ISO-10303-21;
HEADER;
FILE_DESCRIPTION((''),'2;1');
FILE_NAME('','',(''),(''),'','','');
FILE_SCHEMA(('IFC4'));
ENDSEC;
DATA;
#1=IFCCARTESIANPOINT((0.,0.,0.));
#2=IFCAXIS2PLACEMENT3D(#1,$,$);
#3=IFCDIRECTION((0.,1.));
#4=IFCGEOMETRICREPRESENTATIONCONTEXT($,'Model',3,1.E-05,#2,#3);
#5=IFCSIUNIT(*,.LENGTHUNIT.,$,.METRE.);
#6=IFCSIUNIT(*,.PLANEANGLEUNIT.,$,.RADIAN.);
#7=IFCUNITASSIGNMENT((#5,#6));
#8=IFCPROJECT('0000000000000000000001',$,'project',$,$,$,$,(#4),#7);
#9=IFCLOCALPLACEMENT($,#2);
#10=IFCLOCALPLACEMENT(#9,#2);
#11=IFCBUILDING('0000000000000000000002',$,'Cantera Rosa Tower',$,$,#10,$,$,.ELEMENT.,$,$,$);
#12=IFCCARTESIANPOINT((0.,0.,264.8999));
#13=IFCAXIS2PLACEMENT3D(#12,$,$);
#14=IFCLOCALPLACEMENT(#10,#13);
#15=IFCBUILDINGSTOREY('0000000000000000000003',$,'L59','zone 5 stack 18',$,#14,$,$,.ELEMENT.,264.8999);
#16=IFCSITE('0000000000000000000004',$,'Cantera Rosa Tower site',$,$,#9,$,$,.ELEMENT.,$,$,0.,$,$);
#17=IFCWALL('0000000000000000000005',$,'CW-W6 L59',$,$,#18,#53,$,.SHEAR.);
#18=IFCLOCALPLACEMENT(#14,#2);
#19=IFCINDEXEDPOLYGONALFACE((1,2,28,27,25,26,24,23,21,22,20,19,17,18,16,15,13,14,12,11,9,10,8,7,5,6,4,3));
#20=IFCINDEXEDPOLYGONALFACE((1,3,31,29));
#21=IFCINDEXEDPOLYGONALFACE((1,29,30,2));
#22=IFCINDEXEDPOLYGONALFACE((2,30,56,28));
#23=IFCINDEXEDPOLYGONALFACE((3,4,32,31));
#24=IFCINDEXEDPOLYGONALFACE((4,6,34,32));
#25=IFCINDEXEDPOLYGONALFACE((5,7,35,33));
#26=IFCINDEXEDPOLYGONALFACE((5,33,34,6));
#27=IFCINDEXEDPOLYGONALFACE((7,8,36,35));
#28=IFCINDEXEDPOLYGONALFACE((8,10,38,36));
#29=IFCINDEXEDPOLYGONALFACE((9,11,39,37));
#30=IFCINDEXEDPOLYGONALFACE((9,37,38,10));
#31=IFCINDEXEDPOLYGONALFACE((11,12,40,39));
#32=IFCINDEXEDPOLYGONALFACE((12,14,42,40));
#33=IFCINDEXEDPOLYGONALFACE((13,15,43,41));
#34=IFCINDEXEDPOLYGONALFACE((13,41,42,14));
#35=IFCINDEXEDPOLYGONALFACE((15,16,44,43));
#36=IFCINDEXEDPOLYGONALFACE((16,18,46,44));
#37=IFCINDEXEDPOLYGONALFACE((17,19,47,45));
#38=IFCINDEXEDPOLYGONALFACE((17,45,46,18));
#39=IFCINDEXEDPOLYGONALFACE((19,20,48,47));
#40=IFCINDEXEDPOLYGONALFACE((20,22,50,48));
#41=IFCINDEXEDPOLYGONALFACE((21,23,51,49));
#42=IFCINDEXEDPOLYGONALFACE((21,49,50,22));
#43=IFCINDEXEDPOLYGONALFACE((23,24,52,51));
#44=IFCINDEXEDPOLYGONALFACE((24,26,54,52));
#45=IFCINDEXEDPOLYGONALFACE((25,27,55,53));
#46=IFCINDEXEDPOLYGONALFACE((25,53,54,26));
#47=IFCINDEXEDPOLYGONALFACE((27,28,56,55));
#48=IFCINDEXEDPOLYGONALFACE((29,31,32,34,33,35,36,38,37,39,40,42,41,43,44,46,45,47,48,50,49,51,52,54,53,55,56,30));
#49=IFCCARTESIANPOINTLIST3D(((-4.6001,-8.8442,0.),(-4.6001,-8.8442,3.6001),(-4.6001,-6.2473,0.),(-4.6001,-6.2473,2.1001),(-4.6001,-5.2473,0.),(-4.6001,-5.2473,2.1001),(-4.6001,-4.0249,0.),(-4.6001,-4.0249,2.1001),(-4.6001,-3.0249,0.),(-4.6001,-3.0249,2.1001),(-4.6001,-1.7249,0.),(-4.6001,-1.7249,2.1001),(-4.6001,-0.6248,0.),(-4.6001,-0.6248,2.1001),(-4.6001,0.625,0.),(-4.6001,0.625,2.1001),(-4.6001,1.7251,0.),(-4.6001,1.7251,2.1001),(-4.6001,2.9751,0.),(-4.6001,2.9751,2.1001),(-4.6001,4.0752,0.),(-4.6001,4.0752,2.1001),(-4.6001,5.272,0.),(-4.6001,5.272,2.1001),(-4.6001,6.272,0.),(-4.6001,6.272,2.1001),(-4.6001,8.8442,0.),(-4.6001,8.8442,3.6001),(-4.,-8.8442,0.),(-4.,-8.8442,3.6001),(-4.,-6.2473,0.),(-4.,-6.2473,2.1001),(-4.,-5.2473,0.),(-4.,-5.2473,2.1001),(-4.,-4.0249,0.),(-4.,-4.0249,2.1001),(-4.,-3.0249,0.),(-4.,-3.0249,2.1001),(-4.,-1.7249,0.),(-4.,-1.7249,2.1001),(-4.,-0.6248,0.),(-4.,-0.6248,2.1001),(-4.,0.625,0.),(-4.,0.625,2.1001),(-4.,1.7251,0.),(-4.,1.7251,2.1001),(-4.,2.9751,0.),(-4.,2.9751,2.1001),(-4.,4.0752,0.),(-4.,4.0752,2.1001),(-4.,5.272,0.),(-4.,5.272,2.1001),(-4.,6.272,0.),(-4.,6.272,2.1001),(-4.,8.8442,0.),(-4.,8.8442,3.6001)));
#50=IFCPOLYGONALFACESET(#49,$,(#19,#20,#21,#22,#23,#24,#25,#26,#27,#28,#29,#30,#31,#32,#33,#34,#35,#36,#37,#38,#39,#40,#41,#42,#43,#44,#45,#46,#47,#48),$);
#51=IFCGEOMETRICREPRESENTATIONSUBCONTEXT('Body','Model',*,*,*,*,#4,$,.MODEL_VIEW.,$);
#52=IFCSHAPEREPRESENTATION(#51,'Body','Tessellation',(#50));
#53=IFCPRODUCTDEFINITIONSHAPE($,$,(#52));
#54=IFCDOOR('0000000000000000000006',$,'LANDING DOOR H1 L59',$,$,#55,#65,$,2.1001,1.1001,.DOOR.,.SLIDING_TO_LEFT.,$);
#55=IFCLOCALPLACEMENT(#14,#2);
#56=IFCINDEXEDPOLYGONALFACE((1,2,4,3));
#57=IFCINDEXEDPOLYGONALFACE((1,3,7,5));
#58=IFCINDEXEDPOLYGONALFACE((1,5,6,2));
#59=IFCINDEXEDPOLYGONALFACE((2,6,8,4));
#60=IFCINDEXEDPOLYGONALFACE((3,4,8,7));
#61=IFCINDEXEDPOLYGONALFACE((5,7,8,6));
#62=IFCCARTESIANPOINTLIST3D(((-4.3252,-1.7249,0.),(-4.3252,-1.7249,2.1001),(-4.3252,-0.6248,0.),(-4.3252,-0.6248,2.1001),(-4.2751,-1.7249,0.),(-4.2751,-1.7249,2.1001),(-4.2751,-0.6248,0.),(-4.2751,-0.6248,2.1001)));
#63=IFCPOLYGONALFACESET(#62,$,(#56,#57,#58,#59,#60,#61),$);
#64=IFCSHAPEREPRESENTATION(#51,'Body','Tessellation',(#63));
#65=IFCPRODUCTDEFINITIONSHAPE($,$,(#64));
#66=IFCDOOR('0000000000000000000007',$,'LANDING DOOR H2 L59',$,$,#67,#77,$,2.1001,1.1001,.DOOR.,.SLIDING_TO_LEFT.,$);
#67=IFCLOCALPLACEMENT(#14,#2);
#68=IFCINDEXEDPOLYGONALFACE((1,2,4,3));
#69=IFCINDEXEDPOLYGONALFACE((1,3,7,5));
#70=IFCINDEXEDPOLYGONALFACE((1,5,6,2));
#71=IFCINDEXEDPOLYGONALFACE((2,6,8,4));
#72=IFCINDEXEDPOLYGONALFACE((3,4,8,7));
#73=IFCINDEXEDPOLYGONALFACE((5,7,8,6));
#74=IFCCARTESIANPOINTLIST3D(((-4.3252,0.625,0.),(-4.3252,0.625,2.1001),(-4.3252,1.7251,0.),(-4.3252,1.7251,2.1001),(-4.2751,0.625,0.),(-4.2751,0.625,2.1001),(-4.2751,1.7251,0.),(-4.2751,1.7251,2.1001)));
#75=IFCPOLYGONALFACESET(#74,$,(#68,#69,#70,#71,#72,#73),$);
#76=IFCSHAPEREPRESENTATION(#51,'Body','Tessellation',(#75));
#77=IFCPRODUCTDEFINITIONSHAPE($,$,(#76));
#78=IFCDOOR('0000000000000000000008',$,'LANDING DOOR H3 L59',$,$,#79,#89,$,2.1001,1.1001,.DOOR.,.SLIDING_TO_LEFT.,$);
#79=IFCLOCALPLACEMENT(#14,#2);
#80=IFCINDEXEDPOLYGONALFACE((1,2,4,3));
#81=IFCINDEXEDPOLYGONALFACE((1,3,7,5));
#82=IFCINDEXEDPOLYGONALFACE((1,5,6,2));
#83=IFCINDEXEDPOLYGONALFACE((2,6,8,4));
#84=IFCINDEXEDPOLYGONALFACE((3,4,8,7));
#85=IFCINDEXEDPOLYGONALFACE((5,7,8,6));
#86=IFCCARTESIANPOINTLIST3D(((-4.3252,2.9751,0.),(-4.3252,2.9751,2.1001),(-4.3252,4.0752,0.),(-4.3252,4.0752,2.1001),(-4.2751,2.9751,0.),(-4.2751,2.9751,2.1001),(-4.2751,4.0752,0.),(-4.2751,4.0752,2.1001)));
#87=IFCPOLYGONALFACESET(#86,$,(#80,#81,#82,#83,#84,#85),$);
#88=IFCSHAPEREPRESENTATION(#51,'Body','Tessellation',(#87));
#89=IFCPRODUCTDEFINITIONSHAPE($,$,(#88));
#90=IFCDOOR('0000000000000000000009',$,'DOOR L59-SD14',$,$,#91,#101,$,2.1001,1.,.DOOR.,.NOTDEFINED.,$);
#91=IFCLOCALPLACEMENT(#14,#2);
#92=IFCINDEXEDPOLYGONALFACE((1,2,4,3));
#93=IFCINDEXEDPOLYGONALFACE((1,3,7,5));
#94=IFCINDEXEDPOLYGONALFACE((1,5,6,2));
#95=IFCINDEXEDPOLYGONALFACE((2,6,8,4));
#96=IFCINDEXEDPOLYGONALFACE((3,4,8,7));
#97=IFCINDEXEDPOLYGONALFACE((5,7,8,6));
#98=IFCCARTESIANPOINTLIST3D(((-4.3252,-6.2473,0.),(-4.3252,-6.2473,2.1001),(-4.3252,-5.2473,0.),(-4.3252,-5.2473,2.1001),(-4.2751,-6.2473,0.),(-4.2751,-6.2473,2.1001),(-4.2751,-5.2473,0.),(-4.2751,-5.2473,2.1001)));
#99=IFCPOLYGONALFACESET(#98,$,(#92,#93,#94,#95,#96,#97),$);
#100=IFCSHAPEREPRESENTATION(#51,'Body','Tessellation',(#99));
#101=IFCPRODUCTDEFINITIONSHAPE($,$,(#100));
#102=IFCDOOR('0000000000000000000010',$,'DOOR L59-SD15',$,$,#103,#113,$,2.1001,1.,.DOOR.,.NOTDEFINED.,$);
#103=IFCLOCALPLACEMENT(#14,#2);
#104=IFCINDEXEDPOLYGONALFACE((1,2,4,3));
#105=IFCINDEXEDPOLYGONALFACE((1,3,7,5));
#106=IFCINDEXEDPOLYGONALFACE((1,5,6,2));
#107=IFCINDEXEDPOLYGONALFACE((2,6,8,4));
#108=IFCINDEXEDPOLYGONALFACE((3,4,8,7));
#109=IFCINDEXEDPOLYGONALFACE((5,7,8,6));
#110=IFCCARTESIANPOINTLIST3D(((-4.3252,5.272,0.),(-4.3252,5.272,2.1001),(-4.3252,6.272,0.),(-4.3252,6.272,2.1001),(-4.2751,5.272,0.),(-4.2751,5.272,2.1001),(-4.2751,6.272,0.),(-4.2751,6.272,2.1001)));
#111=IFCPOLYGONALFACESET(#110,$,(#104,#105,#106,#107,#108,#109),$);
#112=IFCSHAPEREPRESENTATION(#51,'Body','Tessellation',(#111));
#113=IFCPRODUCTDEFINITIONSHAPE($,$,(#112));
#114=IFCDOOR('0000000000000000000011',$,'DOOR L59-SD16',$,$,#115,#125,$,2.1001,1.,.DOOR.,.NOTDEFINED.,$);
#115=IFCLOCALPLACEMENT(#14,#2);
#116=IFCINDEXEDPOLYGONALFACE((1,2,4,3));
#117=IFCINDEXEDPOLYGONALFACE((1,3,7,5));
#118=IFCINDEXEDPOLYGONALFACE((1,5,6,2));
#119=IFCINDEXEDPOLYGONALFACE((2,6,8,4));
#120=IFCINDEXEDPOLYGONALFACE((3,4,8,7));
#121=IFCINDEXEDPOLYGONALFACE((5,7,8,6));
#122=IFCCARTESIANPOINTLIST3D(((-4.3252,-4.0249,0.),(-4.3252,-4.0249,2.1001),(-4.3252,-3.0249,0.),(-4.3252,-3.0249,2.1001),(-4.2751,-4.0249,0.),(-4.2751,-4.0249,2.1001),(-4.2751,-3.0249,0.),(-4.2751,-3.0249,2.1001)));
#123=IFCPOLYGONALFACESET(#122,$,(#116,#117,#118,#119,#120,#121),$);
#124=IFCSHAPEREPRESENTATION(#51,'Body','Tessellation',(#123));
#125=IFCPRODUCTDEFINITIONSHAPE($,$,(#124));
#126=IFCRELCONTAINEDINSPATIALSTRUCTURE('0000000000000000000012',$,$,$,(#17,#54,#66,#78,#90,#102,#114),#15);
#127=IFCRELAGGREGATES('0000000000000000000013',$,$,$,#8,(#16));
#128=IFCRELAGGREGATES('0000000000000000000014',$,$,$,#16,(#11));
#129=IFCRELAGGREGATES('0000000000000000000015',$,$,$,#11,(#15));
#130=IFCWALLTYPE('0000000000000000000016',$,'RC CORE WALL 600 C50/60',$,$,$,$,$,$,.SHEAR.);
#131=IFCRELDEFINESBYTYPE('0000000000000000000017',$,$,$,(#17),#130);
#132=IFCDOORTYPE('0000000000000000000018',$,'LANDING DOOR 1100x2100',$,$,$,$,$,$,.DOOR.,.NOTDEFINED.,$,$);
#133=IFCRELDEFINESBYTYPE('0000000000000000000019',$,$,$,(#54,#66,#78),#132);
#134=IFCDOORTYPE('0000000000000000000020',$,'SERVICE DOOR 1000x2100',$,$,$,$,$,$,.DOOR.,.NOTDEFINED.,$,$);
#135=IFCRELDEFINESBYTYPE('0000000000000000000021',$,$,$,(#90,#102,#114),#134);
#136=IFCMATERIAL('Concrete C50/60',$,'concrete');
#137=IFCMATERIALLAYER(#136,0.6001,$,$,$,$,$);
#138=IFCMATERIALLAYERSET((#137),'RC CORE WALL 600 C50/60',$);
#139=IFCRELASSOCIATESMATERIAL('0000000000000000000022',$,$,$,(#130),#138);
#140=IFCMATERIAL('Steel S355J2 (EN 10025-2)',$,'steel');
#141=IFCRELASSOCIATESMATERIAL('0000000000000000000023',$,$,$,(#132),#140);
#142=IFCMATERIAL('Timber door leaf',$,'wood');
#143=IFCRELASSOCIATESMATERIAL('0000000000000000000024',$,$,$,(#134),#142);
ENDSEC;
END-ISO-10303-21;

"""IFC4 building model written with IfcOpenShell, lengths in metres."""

from ifc_helpers import new_model, si_unit, direction, frame, frame_2d, origin, place, context, subcontext, project, spatial, rectangle, extrude, material, layer, layer_set, type_object, element, fill, save


model = new_model("IFC4")

# Units and contexts
model_context = context("Model", 3, precision=1e-05, world=origin(), true_north=direction((0.0, 1.0)))
body_context = subcontext(model_context, "Body", "Model", "MODEL_VIEW")
ifc_project = project(units=[si_unit("LENGTHUNIT", "METRE"), si_unit("PLANEANGLEUNIT", "RADIAN")], contexts=[model_context])

# Site, building, storey
site_placement = place(None, origin())
site = spatial("IfcSite", under=ifc_project, at=site_placement, Name="Cantera Rosa Tower site", CompositionType="ELEMENT", RefElevation=0.0)
building_placement = place(site_placement, origin())
building = spatial("IfcBuilding", under=site, at=building_placement, Name="Cantera Rosa Tower", CompositionType="ELEMENT")
storey_placement = place(building_placement, frame((0.0, 0.0, 264.8999)))
storey = spatial("IfcBuildingStorey", under=building, at=storey_placement, Name="L59", Description="zone 5 stack 18", CompositionType="ELEMENT", Elevation=264.8999)

# Wall, openings, doors
ifc_material_1 = material(Name="Concrete C50/60", Category="concrete")
ifc_layer_1 = layer(ifc_material_1, 0.6001)
ifc_layer_set_1 = layer_set([ifc_layer_1], Name="RC CORE WALL 600 C50/60")
wall_type_1 = type_object("IfcWallType", Name="RC CORE WALL 600 C50/60", PredefinedType="SHEAR", material=ifc_layer_set_1)
wall_1_placement = place(storey_placement, frame((-4.3, 8.8442, 0.0), z_axis=(0.0, 0.0, 1.0), x_axis=(0.0, -1.0, 0.0)))
wall_1 = element("IfcWall", 1, at=wall_1_placement, inside=storey, type_object=wall_type_1, Name="CW-W6 L59", PredefinedType="SHEAR", context=body_context, shape_type="SweptSolid", body=[
    extrude(rectangle(XDim=17.6885, YDim=0.6001, at=frame_2d((8.8442, 0.0))), origin(), (0.0, 0.0, 1.0), 3.6001),
])
opening_1_placement = place(wall_1_placement, frame((9.469, 0.0, 0.0)))
opening_1 = element("IfcOpeningElement", 2, at=opening_1_placement, cuts=wall_1, PredefinedType="OPENING", context=body_context, shape_type="SweptSolid", body=[
    extrude(rectangle(XDim=1.1001, YDim=2.1001, at=frame_2d((0.55, 1.05))), frame((0.0, 0.3101, 0.0), z_axis=(0.0, -1.0, 0.0), x_axis=(1.0, 0.0, 0.0)), (0.0, 0.0, 1.0), 0.6201),
])
opening_2_placement = place(wall_1_placement, frame((7.1191, 0.0, 0.0)))
opening_2 = element("IfcOpeningElement", 3, at=opening_2_placement, cuts=wall_1, PredefinedType="OPENING", context=body_context, shape_type="SweptSolid", body=[
    extrude(rectangle(XDim=1.1001, YDim=2.1001, at=frame_2d((0.55, 1.05))), frame((0.0, 0.3101, 0.0), z_axis=(0.0, -1.0, 0.0), x_axis=(1.0, 0.0, 0.0)), (0.0, 0.0, 1.0), 0.6201),
])
opening_3_placement = place(wall_1_placement, frame((4.769, 0.0, 0.0)))
opening_3 = element("IfcOpeningElement", 4, at=opening_3_placement, cuts=wall_1, PredefinedType="OPENING", context=body_context, shape_type="SweptSolid", body=[
    extrude(rectangle(XDim=1.1001, YDim=2.1001, at=frame_2d((0.55, 1.05))), frame((0.0, 0.3101, 0.0), z_axis=(0.0, -1.0, 0.0), x_axis=(1.0, 0.0, 0.0)), (0.0, 0.0, 1.0), 0.6201),
])
opening_4_placement = place(wall_1_placement, frame((14.0916, 0.0, 0.0)))
opening_4 = element("IfcOpeningElement", 5, at=opening_4_placement, cuts=wall_1, PredefinedType="OPENING", context=body_context, shape_type="SweptSolid", body=[
    extrude(rectangle(XDim=1.0, YDim=2.1001, at=frame_2d((0.5, 1.05))), frame((0.0, 0.3101, 0.0), z_axis=(0.0, -1.0, 0.0), x_axis=(1.0, 0.0, 0.0)), (0.0, 0.0, 1.0), 0.6201),
])
opening_5_placement = place(wall_1_placement, frame((2.5723, 0.0, 0.0)))
opening_5 = element("IfcOpeningElement", 6, at=opening_5_placement, cuts=wall_1, PredefinedType="OPENING", context=body_context, shape_type="SweptSolid", body=[
    extrude(rectangle(XDim=1.0, YDim=2.1001, at=frame_2d((0.5, 1.05))), frame((0.0, 0.3101, 0.0), z_axis=(0.0, -1.0, 0.0), x_axis=(1.0, 0.0, 0.0)), (0.0, 0.0, 1.0), 0.6201),
])
opening_6_placement = place(wall_1_placement, frame((11.8691, 0.0, 0.0)))
opening_6 = element("IfcOpeningElement", 7, at=opening_6_placement, cuts=wall_1, PredefinedType="OPENING", context=body_context, shape_type="SweptSolid", body=[
    extrude(rectangle(XDim=1.0, YDim=2.1001, at=frame_2d((0.5, 1.05))), frame((0.0, 0.3101, 0.0), z_axis=(0.0, -1.0, 0.0), x_axis=(1.0, 0.0, 0.0)), (0.0, 0.0, 1.0), 0.6201),
])
ifc_material_2 = material(Name="Steel S355J2 (EN 10025-2)", Category="steel")
door_type_1 = type_object("IfcDoorType", Name="LANDING DOOR 1100x2100", OperationType="NOTDEFINED", PredefinedType="DOOR", material=ifc_material_2)
door_1_placement = place(opening_1_placement, origin())
door_1 = element("IfcDoor", 8, at=door_1_placement, inside=storey, type_object=door_type_1, Name="LANDING DOOR H1 L59", OperationType="SLIDING_TO_LEFT", OverallHeight=2.1001, OverallWidth=1.1001, PredefinedType="DOOR", context=body_context, shape_type="SweptSolid", body=[
    extrude(rectangle(XDim=1.1001, YDim=2.1001, at=frame_2d((0.55, 1.05))), frame((0.0, 0.0249, 0.0), z_axis=(0.0, -1.0, 0.0), x_axis=(1.0, 0.0, 0.0)), (0.0, 0.0, 1.0), 0.05),
])
fill(opening_1, door_1)
door_2_placement = place(opening_2_placement, origin())
door_2 = element("IfcDoor", 9, at=door_2_placement, inside=storey, type_object=door_type_1, Name="LANDING DOOR H2 L59", OperationType="SLIDING_TO_LEFT", OverallHeight=2.1001, OverallWidth=1.1001, PredefinedType="DOOR", context=body_context, shape_type="SweptSolid", body=[
    extrude(rectangle(XDim=1.1001, YDim=2.1001, at=frame_2d((0.55, 1.05))), frame((0.0, 0.0249, 0.0), z_axis=(0.0, -1.0, 0.0), x_axis=(1.0, 0.0, 0.0)), (0.0, 0.0, 1.0), 0.05),
])
fill(opening_2, door_2)
door_3_placement = place(opening_3_placement, origin())
door_3 = element("IfcDoor", 10, at=door_3_placement, inside=storey, type_object=door_type_1, Name="LANDING DOOR H3 L59", OperationType="SLIDING_TO_LEFT", OverallHeight=2.1001, OverallWidth=1.1001, PredefinedType="DOOR", context=body_context, shape_type="SweptSolid", body=[
    extrude(rectangle(XDim=1.1001, YDim=2.1001, at=frame_2d((0.55, 1.05))), frame((0.0, 0.0249, 0.0), z_axis=(0.0, -1.0, 0.0), x_axis=(1.0, 0.0, 0.0)), (0.0, 0.0, 1.0), 0.05),
])
fill(opening_3, door_3)
ifc_material_3 = material(Name="Timber door leaf", Category="wood")
door_type_2 = type_object("IfcDoorType", Name="SERVICE DOOR 1000x2100", OperationType="NOTDEFINED", PredefinedType="DOOR", material=ifc_material_3)
door_4_placement = place(opening_4_placement, origin())
door_4 = element("IfcDoor", 11, at=door_4_placement, inside=storey, type_object=door_type_2, Name="DOOR L59-SD14", OperationType="NOTDEFINED", OverallHeight=2.1001, OverallWidth=1.0, PredefinedType="DOOR", context=body_context, shape_type="SweptSolid", body=[
    extrude(rectangle(XDim=1.0, YDim=2.1001, at=frame_2d((0.5, 1.05))), frame((0.0, 0.0249, 0.0), z_axis=(0.0, -1.0, 0.0), x_axis=(1.0, 0.0, 0.0)), (0.0, 0.0, 1.0), 0.05),
])
fill(opening_4, door_4)
door_5_placement = place(opening_5_placement, origin())
door_5 = element("IfcDoor", 12, at=door_5_placement, inside=storey, type_object=door_type_2, Name="DOOR L59-SD15", OperationType="NOTDEFINED", OverallHeight=2.1001, OverallWidth=1.0, PredefinedType="DOOR", context=body_context, shape_type="SweptSolid", body=[
    extrude(rectangle(XDim=1.0, YDim=2.1001, at=frame_2d((0.5, 1.05))), frame((0.0, 0.0249, 0.0), z_axis=(0.0, -1.0, 0.0), x_axis=(1.0, 0.0, 0.0)), (0.0, 0.0, 1.0), 0.05),
])
fill(opening_5, door_5)
door_6_placement = place(opening_6_placement, origin())
door_6 = element("IfcDoor", 13, at=door_6_placement, inside=storey, type_object=door_type_2, Name="DOOR L59-SD16", OperationType="NOTDEFINED", OverallHeight=2.1001, OverallWidth=1.0, PredefinedType="DOOR", context=body_context, shape_type="SweptSolid", body=[
    extrude(rectangle(XDim=1.0, YDim=2.1001, at=frame_2d((0.5, 1.05))), frame((0.0, 0.0249, 0.0), z_axis=(0.0, -1.0, 0.0), x_axis=(1.0, 0.0, 0.0)), (0.0, 0.0, 1.0), 0.05),
])
fill(opening_6, door_6)

save(model, "model.ifc")
